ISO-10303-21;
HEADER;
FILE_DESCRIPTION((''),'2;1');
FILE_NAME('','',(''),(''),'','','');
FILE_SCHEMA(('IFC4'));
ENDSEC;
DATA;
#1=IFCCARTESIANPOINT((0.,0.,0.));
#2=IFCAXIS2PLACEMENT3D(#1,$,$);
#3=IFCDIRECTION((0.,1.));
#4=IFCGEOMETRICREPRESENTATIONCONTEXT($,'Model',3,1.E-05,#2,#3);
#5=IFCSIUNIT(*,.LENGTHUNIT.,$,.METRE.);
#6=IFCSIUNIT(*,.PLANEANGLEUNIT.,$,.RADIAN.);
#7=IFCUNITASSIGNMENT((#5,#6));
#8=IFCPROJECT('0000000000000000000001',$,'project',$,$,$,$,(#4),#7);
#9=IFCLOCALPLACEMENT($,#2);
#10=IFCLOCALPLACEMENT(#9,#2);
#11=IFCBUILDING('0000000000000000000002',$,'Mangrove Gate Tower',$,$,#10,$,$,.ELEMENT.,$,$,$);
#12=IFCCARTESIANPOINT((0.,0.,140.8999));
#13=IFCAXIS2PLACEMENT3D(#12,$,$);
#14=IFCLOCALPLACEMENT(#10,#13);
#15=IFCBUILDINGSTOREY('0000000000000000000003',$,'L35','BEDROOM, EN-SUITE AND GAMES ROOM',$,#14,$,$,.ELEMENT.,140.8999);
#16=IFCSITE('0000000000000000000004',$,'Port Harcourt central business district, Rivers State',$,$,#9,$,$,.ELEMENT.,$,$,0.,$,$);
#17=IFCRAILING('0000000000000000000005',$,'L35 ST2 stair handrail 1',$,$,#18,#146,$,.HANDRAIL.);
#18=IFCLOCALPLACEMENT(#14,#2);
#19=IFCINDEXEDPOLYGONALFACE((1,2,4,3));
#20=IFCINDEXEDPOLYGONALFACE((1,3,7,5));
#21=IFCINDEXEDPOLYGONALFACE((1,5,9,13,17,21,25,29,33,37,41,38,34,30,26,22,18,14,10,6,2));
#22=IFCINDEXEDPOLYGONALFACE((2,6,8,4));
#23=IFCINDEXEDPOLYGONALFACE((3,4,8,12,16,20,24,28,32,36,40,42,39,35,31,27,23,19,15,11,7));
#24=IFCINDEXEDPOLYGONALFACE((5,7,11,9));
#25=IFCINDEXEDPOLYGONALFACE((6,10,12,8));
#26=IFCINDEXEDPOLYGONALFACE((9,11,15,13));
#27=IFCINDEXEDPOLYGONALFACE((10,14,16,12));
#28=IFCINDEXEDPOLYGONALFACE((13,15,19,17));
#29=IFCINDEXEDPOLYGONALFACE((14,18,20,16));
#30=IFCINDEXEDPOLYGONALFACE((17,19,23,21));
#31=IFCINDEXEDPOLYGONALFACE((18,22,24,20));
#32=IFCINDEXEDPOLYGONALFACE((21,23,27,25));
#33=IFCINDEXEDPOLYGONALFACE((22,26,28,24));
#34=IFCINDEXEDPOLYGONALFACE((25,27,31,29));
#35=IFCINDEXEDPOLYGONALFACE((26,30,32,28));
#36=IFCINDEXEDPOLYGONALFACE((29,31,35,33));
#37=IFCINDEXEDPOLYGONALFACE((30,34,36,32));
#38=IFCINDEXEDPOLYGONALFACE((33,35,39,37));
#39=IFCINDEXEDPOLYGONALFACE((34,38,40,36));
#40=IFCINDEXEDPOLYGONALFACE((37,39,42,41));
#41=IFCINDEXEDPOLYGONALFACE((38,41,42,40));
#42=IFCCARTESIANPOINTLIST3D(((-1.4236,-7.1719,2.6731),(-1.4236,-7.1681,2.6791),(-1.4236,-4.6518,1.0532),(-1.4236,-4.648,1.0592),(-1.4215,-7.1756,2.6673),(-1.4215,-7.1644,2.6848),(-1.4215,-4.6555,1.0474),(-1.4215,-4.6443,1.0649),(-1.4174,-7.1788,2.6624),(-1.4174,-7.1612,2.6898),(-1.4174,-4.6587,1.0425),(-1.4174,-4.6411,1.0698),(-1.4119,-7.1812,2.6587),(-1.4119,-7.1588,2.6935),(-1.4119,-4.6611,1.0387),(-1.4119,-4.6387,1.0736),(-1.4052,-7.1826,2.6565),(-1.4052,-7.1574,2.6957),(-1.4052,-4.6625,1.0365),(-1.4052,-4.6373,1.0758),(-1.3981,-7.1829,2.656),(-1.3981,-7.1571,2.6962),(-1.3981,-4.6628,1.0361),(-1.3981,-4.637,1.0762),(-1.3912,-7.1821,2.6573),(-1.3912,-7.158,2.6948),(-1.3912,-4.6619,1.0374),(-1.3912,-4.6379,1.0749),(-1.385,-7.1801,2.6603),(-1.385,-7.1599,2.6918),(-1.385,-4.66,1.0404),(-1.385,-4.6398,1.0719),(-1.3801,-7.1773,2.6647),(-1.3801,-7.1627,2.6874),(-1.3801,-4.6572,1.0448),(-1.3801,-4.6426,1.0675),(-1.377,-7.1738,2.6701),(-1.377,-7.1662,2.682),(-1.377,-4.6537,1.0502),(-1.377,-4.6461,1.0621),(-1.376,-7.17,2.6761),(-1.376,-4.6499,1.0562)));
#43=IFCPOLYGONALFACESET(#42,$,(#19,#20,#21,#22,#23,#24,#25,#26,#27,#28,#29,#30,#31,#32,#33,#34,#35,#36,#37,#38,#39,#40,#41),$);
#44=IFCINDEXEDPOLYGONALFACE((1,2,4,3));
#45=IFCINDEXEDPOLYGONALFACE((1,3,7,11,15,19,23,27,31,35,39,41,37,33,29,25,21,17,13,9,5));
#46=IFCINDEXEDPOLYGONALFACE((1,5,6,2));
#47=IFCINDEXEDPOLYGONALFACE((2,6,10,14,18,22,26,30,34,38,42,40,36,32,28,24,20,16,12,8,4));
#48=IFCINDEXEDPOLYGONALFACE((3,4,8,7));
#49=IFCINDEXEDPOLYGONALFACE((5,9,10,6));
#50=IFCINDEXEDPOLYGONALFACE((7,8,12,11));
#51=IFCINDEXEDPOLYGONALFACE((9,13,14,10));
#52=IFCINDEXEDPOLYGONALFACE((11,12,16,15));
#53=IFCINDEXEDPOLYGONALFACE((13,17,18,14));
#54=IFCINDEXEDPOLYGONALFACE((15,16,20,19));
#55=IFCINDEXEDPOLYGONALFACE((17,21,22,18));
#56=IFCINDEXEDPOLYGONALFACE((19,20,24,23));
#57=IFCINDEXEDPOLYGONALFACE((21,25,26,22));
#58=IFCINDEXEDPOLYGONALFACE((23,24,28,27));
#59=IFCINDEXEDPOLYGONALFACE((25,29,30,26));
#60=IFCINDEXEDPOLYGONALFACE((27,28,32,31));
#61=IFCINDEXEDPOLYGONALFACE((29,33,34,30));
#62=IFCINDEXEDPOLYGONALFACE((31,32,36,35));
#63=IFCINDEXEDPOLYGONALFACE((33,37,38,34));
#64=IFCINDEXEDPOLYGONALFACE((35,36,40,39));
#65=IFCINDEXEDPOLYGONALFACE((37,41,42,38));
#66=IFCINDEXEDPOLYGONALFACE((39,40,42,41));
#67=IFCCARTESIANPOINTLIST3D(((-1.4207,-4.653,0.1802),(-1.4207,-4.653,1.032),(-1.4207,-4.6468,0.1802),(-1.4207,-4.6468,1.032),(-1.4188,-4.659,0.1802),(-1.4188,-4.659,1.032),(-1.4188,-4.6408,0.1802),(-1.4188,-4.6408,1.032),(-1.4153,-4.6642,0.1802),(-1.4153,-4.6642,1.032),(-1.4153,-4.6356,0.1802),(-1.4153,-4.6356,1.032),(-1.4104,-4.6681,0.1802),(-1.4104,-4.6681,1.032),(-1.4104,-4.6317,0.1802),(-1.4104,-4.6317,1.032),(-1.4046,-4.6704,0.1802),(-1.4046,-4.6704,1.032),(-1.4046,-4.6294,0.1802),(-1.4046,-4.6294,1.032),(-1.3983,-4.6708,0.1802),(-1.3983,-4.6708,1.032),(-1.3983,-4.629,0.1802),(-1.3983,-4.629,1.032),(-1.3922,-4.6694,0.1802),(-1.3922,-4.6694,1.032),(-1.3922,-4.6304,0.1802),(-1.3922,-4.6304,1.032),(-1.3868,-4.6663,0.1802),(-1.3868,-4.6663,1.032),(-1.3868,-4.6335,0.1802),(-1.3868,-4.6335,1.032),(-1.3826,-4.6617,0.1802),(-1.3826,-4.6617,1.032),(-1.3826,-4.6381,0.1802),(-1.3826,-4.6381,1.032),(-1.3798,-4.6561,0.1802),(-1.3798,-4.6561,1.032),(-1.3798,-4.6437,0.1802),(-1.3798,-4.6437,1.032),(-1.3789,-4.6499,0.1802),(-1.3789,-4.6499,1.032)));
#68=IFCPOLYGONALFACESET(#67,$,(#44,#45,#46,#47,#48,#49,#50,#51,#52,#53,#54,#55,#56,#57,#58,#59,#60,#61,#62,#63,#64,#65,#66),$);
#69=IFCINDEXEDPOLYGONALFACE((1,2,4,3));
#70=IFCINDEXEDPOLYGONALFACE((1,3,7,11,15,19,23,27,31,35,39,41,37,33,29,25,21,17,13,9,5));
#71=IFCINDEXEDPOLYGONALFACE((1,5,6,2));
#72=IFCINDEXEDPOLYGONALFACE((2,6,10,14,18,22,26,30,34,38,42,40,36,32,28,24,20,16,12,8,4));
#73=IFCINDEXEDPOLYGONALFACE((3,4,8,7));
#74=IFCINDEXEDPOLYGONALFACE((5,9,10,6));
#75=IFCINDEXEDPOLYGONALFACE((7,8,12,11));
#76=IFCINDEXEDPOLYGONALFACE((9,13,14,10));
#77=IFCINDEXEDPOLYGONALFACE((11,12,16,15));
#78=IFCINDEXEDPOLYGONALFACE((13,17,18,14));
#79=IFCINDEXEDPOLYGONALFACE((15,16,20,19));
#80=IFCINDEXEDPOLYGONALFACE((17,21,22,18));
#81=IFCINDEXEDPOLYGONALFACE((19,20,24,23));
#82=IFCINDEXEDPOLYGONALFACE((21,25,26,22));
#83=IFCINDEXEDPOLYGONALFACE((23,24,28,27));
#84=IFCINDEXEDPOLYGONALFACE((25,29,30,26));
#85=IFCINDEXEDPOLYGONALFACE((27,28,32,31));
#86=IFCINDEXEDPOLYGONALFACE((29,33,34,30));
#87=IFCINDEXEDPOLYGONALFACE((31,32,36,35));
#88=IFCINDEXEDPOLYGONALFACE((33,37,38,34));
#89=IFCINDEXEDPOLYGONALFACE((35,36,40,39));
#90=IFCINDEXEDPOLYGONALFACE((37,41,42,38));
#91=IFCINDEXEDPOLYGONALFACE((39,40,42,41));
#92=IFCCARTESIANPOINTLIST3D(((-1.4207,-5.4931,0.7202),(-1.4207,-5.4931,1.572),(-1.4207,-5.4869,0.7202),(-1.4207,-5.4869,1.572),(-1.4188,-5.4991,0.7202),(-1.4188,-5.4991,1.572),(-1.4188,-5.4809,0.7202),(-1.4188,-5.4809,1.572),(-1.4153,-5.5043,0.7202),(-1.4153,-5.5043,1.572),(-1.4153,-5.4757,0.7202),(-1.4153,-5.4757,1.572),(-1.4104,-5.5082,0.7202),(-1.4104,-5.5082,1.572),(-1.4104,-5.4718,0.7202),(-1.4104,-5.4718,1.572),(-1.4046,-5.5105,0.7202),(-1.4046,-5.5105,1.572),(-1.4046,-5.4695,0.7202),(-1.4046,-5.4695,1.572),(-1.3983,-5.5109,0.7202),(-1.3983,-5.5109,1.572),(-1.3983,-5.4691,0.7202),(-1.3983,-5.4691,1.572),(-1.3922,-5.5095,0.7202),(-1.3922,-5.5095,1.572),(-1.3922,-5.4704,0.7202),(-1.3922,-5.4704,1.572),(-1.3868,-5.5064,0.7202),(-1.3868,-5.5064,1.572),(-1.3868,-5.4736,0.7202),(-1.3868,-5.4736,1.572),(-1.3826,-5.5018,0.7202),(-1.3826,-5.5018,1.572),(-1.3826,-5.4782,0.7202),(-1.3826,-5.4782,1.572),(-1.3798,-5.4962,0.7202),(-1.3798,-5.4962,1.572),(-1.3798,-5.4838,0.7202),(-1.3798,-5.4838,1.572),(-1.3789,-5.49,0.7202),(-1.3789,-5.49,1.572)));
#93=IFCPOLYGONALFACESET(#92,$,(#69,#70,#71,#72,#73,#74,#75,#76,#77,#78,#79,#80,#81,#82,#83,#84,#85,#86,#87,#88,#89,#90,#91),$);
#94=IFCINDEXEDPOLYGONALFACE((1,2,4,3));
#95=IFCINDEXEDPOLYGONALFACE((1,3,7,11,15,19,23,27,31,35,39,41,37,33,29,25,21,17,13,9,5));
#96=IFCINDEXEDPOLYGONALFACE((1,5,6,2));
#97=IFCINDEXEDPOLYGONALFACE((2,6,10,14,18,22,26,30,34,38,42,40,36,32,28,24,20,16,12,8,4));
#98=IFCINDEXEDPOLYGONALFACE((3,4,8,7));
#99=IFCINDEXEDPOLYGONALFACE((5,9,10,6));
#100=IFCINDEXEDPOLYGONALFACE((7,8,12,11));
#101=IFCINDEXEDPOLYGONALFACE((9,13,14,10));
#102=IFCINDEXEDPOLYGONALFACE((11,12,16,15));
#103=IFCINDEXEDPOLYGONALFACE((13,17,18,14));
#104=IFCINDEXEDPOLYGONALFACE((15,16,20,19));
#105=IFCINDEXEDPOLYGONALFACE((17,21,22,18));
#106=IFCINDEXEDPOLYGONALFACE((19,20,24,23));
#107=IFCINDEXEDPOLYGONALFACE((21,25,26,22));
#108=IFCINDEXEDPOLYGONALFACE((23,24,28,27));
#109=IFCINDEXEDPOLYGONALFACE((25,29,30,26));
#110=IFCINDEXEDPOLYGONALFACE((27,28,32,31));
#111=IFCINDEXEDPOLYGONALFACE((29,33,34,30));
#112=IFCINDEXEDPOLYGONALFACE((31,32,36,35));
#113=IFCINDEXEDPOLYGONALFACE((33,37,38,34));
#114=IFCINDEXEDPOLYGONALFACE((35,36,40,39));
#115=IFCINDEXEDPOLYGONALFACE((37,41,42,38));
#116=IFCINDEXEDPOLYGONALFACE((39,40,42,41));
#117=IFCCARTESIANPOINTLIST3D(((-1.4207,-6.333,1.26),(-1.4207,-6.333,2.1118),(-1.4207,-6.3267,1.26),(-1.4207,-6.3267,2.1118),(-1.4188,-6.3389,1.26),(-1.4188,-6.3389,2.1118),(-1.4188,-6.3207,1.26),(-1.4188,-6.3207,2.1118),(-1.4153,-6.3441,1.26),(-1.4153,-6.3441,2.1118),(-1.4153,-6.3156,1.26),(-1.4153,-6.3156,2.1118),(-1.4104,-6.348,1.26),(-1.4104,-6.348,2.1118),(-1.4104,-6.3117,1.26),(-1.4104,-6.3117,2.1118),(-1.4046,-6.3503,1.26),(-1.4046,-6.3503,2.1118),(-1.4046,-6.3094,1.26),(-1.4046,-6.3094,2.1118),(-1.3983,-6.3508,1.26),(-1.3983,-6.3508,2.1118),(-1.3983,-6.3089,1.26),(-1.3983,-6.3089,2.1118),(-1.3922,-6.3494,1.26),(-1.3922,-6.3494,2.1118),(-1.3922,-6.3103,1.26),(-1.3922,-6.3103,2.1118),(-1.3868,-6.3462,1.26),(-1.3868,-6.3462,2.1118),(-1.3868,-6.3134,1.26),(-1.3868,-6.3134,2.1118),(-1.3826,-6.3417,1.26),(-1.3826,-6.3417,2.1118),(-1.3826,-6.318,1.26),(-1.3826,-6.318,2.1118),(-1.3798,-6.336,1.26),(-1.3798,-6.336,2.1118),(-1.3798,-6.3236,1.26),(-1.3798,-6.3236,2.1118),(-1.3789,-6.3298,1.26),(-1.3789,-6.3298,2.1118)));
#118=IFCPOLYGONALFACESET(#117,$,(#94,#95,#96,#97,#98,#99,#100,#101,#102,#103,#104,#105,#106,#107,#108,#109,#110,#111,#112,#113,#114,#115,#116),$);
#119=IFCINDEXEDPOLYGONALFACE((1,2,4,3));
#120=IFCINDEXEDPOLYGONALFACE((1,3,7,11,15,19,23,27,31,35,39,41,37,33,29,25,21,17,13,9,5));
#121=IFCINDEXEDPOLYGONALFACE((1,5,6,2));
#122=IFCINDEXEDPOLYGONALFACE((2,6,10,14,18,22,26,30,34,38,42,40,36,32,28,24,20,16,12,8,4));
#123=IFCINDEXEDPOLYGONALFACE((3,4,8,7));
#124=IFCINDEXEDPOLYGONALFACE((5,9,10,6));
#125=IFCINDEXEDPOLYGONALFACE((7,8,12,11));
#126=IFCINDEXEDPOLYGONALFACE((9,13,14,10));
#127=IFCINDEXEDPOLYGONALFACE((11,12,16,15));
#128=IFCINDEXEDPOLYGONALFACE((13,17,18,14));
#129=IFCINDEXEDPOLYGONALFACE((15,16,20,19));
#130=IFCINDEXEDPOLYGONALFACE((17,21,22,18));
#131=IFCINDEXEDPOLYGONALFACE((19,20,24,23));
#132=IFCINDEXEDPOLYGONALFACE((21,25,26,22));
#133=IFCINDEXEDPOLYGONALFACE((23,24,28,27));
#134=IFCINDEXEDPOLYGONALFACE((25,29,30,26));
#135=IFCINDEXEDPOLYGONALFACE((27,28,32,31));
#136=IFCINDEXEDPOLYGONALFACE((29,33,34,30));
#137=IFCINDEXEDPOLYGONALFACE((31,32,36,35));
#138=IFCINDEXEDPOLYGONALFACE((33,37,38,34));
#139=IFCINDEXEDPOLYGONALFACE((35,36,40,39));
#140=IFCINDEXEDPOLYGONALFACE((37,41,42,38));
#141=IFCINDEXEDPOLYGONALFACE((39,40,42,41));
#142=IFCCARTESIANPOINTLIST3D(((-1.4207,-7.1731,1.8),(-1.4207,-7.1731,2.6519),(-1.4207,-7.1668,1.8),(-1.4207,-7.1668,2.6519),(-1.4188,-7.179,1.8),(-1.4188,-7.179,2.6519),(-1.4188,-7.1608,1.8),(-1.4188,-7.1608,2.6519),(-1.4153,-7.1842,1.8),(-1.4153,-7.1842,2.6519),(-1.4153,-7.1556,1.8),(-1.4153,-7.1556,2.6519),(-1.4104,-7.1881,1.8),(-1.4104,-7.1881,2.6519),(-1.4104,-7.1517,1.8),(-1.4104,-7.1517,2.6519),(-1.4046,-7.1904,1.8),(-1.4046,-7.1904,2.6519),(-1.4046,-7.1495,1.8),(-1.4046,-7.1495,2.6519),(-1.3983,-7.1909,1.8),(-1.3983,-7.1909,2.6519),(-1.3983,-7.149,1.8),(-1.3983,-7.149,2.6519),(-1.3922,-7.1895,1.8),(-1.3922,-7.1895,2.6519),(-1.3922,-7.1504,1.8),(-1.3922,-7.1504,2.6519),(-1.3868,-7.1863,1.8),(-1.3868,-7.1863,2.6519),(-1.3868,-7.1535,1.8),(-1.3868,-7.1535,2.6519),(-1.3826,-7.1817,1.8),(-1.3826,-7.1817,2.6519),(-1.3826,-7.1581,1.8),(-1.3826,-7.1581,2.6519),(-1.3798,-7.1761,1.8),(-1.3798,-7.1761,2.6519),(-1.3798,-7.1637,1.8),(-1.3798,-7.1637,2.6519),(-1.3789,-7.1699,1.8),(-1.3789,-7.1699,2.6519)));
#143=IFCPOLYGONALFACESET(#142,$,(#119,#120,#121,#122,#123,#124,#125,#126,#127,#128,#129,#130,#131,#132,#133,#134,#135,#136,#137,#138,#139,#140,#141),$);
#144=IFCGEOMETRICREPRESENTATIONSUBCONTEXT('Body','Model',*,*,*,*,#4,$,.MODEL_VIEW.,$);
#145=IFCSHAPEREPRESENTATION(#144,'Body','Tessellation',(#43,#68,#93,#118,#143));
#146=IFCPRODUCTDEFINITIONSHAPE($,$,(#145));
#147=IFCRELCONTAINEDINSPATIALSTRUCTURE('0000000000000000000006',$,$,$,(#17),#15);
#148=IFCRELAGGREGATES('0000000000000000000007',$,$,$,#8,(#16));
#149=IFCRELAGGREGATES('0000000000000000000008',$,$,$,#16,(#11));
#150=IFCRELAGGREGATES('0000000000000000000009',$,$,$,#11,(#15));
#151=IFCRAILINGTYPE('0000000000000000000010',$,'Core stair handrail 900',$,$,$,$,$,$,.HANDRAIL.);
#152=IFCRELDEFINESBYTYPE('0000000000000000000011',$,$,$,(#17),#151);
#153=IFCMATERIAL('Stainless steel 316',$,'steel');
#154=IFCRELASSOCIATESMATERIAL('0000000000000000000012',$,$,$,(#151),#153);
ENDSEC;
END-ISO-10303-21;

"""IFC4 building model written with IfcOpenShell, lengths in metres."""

from ifc_helpers import new_model, si_unit, direction, frame, origin, origin_2d, place, context, subcontext, project, spatial, circle, extrude, material, type_object, element, save


model = new_model("IFC4")

# Units and contexts
model_context = context("Model", 3, precision=1e-05, world=origin(), true_north=direction((0.0, 1.0)))
body_context = subcontext(model_context, "Body", "Model", "MODEL_VIEW")
ifc_project = project(units=[si_unit("LENGTHUNIT", "METRE"), si_unit("PLANEANGLEUNIT", "RADIAN")], contexts=[model_context])

# Site, building, storey
site_placement = place(None, origin())
site = spatial("IfcSite", under=ifc_project, at=site_placement, Name="Port Harcourt central business district, Rivers State", CompositionType="ELEMENT", RefElevation=0.0)
building_placement = place(site_placement, origin())
building = spatial("IfcBuilding", under=site, at=building_placement, Name="Mangrove Gate Tower", CompositionType="ELEMENT")
storey_placement = place(building_placement, frame((0.0, 0.0, 140.8999)))
storey = spatial("IfcBuildingStorey", under=building, at=storey_placement, Name="L35", Description="BEDROOM, EN-SUITE AND GAMES ROOM", CompositionType="ELEMENT", Elevation=140.8999)

# Railing
ifc_material_1 = material(Name="Stainless steel 316", Category="steel")
railing_type_1 = type_object("IfcRailingType", Name="Core stair handrail 900", PredefinedType="HANDRAIL", material=ifc_material_1)
for number, where, name in (
    (1, (-1.3999, -4.6499, 0.1802), "L35 ST2 stair handrail 1"),
):
    element("IfcRailing", number, at=place(storey_placement, frame(where)), inside=storey, type_object=railing_type_1, Name=name, PredefinedType="HANDRAIL", context=body_context, shape_type="SweptSolid", body=[
        extrude(circle(Radius=0.0239, at=origin_2d()), frame((0.0, 0.0, 0.876), z_axis=(0.0, -0.8412, 0.540725), x_axis=(1.0, 0.0, 0.0)), (0.0, 0.0, 1.0), 2.9958),
        extrude(circle(Radius=0.021, at=origin_2d()), origin(), (0.0, 0.0, 1.0), 0.8518),
        extrude(circle(Radius=0.021, at=origin_2d()), frame((0.0, -0.8401, 0.54)), (0.0, 0.0, 1.0), 0.8518),
        extrude(circle(Radius=0.021, at=origin_2d()), frame((0.0, -1.6799, 1.0798)), (0.0, 0.0, 1.0), 0.8518),
        extrude(circle(Radius=0.021, at=origin_2d()), frame((0.0, -2.52, 1.6199)), (0.0, 0.0, 1.0), 0.8518),
    ])

save(model, "model.ifc")
